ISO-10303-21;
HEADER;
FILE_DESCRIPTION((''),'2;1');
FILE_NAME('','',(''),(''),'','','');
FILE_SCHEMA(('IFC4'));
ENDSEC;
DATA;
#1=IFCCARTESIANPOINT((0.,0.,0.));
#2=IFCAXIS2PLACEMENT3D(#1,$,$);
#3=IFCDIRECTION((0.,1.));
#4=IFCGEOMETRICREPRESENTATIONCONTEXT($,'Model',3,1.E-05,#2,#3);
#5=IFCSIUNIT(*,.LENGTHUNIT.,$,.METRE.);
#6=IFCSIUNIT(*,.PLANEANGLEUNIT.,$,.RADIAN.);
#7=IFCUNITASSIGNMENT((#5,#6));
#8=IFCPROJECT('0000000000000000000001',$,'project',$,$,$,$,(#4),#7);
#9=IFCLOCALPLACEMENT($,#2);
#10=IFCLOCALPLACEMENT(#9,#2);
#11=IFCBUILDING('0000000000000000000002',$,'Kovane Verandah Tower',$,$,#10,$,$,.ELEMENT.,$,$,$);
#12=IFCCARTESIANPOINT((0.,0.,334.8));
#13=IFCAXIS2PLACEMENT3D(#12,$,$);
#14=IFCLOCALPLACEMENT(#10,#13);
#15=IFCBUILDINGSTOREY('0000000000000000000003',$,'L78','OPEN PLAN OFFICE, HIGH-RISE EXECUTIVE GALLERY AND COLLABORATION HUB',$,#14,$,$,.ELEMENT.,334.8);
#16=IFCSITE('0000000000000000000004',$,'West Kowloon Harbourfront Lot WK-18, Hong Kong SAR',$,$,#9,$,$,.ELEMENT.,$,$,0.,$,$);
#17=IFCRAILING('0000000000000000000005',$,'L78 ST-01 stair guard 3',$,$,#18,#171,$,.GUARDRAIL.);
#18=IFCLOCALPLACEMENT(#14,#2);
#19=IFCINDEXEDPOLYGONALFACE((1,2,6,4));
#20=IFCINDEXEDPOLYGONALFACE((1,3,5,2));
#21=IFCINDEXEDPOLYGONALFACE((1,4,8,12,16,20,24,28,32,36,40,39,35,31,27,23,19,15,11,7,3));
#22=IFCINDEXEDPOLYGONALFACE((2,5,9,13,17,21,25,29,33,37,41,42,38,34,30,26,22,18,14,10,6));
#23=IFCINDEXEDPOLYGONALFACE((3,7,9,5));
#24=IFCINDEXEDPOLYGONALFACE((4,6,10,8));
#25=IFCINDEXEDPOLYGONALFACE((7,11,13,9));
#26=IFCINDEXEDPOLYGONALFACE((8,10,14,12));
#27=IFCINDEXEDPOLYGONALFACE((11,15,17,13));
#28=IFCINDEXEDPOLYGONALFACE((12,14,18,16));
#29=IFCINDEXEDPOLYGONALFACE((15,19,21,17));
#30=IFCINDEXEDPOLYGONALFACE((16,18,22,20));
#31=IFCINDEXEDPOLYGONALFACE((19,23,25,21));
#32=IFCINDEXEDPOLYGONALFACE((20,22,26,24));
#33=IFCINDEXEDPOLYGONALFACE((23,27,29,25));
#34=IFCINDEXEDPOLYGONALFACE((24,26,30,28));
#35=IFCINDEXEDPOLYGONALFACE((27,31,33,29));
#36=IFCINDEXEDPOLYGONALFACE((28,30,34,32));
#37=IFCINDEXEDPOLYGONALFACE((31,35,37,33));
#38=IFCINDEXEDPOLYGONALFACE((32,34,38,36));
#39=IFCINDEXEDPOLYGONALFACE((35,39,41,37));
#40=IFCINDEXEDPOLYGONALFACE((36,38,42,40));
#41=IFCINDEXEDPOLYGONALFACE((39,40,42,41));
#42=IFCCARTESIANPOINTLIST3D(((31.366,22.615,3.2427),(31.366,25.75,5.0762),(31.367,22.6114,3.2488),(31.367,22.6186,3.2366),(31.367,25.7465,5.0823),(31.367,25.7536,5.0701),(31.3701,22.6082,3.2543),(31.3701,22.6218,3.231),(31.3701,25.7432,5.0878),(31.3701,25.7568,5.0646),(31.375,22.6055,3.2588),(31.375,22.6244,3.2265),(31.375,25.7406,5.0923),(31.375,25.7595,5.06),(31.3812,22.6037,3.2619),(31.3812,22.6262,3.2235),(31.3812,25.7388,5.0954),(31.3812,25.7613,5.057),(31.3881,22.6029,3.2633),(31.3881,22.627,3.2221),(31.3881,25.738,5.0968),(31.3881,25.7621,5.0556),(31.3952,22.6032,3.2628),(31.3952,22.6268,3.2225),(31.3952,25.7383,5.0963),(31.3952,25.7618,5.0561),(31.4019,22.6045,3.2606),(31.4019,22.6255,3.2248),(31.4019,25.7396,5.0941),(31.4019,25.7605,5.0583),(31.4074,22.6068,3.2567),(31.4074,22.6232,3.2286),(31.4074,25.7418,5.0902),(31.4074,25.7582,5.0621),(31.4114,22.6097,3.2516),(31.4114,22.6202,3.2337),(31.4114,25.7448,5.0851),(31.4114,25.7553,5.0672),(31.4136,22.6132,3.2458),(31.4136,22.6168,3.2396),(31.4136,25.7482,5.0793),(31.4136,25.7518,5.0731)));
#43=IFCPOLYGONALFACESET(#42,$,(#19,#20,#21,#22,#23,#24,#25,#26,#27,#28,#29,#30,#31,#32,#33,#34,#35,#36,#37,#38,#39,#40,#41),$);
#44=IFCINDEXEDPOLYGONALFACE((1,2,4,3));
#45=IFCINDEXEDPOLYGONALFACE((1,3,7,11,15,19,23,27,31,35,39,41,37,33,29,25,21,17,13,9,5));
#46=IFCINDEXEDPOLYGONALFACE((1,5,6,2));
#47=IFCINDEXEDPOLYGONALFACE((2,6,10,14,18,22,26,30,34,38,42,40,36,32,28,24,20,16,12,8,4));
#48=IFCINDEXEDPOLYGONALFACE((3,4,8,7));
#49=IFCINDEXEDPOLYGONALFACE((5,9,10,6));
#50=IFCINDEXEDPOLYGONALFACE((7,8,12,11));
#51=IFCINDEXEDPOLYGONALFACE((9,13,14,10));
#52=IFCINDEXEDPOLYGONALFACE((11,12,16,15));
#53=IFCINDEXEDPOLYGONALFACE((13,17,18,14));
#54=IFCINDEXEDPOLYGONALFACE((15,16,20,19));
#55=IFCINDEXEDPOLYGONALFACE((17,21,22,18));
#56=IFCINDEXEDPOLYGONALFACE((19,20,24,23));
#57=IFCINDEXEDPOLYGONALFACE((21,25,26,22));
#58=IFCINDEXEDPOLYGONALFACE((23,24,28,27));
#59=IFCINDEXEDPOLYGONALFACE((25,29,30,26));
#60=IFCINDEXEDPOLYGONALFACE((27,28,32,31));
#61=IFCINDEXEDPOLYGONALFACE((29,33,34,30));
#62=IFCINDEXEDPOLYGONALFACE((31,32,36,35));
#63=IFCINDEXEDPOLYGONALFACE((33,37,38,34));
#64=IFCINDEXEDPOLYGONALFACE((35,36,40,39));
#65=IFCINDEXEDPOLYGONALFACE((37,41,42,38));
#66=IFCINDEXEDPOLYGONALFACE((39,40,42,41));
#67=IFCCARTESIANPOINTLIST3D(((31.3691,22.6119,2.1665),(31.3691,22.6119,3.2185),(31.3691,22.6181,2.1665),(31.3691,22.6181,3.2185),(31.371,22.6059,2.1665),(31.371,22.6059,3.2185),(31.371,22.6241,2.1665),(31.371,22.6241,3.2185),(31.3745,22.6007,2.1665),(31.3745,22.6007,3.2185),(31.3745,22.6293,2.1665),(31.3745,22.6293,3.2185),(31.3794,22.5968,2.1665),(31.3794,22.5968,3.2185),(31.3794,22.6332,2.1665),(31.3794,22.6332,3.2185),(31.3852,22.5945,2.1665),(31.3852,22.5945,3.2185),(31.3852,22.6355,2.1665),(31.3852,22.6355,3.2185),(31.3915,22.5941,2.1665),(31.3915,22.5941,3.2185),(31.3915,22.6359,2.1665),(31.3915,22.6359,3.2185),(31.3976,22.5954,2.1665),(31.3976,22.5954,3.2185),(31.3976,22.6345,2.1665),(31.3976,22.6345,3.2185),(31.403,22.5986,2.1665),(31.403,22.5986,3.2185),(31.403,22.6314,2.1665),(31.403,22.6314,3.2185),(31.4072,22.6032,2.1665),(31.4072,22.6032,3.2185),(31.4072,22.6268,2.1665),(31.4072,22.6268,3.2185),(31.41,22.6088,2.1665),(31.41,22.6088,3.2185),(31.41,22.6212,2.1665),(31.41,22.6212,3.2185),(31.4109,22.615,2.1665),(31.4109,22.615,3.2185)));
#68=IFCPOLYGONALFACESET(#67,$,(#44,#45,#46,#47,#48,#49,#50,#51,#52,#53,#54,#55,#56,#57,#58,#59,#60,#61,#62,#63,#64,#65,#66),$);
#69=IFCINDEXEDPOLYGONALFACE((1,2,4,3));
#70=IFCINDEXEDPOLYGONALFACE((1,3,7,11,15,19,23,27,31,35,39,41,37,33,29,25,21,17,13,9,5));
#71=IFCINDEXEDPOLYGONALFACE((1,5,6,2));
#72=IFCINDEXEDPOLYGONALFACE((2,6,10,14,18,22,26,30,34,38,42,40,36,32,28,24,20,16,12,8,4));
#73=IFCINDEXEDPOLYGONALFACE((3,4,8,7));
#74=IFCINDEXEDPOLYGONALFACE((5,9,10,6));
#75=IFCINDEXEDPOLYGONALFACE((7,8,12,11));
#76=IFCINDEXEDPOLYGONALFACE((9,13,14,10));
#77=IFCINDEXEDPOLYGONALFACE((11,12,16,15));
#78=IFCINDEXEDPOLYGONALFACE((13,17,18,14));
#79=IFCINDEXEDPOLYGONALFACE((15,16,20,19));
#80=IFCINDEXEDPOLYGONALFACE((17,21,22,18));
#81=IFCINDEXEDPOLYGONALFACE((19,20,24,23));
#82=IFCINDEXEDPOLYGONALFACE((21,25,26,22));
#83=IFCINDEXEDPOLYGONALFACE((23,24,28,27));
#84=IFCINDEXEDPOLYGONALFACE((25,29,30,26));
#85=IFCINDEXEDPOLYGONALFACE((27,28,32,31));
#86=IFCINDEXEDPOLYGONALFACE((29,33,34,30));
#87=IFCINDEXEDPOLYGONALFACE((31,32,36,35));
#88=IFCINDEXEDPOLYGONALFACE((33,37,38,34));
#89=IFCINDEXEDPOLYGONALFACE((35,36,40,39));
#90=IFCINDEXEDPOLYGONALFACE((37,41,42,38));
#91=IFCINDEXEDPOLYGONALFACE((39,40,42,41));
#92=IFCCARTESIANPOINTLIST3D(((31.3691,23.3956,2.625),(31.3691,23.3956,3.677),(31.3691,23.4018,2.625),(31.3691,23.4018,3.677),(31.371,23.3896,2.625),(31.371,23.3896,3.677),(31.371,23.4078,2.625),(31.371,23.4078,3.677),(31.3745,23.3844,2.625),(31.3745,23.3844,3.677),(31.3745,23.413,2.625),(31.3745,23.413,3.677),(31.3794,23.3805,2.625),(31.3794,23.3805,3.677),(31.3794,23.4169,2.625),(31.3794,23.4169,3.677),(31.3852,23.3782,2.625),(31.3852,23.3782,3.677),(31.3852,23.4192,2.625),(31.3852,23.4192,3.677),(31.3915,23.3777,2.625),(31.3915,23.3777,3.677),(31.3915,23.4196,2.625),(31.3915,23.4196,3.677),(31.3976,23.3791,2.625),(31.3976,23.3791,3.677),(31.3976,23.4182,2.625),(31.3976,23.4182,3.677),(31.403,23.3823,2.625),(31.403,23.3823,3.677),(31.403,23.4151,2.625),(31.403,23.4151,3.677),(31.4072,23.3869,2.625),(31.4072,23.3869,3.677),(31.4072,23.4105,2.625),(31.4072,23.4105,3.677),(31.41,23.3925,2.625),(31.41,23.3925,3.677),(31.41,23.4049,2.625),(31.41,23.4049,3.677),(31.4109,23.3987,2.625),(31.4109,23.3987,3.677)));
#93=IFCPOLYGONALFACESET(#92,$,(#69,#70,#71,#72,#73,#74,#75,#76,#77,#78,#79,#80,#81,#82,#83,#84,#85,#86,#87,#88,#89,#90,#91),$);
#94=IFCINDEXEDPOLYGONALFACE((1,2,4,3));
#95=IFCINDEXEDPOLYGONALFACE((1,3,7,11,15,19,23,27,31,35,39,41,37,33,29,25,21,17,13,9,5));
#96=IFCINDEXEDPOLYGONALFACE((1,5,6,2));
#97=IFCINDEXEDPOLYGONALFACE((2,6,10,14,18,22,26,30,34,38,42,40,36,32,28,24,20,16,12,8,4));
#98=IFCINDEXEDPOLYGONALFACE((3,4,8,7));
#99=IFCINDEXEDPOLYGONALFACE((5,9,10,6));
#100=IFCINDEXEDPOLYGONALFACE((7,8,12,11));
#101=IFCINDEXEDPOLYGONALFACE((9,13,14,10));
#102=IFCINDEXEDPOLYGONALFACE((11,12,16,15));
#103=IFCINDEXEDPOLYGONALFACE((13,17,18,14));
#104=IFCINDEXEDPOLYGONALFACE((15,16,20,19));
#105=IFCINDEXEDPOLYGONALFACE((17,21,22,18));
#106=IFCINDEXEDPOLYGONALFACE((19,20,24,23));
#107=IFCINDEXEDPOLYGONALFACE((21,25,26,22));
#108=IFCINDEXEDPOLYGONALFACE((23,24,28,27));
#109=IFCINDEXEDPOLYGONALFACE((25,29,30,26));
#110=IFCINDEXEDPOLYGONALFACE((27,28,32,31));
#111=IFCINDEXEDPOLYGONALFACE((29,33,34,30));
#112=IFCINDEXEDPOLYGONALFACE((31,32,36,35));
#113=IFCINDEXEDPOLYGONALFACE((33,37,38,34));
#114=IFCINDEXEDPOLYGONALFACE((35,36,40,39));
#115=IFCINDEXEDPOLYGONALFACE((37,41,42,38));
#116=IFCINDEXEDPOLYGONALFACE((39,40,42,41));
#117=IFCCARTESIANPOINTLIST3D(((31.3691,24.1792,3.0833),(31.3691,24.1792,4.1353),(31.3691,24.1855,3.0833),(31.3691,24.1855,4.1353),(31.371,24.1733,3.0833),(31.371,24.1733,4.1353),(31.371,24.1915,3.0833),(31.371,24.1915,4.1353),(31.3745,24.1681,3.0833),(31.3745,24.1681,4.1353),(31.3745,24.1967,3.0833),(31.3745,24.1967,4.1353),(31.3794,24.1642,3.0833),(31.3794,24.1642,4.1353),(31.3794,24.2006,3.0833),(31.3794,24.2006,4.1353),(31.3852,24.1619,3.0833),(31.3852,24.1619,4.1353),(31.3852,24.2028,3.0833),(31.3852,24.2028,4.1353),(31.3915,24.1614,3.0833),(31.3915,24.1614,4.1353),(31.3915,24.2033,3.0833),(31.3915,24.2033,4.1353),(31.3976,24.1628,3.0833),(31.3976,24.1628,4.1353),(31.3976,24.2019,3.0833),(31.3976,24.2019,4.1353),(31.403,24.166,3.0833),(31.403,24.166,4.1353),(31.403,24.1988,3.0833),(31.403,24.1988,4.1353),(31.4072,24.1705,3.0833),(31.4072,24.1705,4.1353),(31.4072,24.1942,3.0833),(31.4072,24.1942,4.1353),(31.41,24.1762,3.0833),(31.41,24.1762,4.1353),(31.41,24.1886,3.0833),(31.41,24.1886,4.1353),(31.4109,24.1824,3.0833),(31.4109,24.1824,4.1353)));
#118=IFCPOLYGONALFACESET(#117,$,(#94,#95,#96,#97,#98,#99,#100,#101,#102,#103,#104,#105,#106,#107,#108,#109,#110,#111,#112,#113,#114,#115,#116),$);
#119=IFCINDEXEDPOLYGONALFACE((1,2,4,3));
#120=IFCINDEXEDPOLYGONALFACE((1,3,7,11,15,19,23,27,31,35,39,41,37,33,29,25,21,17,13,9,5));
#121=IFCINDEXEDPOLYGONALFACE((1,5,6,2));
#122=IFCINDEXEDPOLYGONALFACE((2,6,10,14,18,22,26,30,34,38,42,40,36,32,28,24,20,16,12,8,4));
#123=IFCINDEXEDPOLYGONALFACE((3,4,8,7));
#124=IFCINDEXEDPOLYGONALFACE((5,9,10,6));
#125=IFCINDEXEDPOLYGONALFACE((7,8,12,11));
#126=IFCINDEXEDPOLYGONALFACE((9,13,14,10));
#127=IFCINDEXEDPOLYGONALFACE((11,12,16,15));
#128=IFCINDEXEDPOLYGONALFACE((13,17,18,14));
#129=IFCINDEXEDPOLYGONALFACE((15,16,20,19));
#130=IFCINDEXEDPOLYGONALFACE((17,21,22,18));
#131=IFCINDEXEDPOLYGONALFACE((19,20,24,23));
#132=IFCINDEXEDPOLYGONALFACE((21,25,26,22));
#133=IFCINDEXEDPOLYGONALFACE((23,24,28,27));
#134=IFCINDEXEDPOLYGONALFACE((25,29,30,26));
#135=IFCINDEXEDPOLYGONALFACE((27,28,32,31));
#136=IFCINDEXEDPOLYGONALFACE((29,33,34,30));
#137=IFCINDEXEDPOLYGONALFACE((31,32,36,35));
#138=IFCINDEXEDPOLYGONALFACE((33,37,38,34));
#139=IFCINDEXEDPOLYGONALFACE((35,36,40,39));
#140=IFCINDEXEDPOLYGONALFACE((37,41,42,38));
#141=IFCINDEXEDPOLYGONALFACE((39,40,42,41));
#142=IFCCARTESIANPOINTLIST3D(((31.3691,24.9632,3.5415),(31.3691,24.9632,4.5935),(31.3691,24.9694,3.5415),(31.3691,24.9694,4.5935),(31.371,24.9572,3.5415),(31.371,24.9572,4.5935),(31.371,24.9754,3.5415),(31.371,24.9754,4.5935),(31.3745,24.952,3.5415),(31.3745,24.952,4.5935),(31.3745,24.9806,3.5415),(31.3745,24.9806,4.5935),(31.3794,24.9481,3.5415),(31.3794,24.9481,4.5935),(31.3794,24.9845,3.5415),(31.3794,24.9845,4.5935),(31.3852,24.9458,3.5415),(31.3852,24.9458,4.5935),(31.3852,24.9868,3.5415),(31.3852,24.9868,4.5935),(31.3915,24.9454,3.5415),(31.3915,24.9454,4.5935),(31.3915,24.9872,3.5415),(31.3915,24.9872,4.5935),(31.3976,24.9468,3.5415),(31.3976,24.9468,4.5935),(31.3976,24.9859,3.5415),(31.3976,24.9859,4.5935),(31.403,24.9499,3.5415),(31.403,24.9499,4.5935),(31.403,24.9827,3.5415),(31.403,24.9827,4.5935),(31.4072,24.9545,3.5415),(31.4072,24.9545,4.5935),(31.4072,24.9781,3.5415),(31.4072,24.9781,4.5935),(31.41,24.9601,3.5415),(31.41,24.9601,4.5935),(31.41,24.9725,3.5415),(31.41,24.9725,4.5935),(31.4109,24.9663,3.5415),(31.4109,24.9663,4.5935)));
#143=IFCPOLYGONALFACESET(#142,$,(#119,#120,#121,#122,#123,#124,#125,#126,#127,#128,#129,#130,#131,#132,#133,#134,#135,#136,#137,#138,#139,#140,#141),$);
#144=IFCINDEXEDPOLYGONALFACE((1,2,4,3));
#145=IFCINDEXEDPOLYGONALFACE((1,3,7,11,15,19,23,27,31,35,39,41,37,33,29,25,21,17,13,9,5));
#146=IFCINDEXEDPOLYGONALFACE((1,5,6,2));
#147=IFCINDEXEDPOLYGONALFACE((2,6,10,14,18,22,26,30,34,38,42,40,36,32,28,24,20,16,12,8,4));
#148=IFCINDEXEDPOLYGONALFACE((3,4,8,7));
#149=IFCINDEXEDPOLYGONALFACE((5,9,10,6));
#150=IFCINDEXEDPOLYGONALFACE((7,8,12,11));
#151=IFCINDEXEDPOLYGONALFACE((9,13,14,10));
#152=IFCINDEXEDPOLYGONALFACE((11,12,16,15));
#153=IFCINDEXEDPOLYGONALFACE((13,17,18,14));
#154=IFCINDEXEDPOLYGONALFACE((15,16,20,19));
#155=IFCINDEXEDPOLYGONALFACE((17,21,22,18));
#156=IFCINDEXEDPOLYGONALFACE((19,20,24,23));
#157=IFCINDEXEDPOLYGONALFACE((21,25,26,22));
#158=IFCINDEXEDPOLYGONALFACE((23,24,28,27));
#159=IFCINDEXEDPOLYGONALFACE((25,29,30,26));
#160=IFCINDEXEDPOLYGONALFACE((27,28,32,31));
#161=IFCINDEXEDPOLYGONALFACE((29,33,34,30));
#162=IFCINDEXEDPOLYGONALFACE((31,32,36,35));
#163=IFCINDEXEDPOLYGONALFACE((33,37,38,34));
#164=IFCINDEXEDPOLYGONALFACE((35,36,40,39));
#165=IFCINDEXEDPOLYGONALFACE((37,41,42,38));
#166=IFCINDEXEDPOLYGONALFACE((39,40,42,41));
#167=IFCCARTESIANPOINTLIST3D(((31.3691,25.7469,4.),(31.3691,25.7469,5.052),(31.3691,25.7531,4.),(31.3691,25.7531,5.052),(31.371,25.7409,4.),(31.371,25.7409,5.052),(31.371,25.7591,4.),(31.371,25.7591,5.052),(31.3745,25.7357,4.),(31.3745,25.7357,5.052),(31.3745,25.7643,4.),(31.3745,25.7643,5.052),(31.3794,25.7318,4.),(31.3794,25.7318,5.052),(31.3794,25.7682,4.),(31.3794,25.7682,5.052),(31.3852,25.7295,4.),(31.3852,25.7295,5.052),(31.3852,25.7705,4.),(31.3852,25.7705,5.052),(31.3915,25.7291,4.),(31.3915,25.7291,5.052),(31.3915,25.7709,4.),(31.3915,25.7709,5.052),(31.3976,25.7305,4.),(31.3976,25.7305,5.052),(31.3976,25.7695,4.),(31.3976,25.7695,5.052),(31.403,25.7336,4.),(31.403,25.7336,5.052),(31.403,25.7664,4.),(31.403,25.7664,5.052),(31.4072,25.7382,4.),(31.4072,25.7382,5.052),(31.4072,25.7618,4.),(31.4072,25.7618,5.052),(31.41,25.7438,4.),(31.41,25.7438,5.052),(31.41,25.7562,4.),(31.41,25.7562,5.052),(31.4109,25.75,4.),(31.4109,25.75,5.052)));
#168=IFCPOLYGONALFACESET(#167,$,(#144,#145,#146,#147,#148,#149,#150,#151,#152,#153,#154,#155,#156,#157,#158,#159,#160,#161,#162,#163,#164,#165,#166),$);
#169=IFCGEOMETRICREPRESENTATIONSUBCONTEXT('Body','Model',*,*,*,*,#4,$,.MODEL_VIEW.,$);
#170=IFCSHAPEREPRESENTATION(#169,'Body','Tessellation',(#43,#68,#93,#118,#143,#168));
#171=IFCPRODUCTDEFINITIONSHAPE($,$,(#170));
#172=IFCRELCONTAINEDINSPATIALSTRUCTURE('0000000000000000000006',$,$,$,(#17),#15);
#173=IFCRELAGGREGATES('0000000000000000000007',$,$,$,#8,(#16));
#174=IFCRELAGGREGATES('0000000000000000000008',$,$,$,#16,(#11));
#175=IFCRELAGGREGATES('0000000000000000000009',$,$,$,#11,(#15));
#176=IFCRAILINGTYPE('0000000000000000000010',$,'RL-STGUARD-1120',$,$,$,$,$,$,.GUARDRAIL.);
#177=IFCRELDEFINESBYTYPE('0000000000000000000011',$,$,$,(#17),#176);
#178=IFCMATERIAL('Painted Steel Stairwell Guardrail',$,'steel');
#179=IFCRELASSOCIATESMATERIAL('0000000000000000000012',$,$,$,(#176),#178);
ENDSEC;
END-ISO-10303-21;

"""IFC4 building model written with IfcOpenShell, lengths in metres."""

from ifc_helpers import new_model, si_unit, direction, frame, origin, origin_2d, place, context, subcontext, project, spatial, circle, extrude, material, type_object, element, save


model = new_model("IFC4")

# Units and contexts
model_context = context("Model", 3, precision=1e-05, world=origin(), true_north=direction((0.0, 1.0)))
body_context = subcontext(model_context, "Body", "Model", "MODEL_VIEW")
ifc_project = project(units=[si_unit("LENGTHUNIT", "METRE"), si_unit("PLANEANGLEUNIT", "RADIAN")], contexts=[model_context])

# Site, building, storey
site_placement = place(None, origin())
site = spatial("IfcSite", under=ifc_project, at=site_placement, Name="West Kowloon Harbourfront Lot WK-18, Hong Kong SAR", CompositionType="ELEMENT", RefElevation=0.0)
building_placement = place(site_placement, origin())
building = spatial("IfcBuilding", under=site, at=building_placement, Name="Kovane Verandah Tower", CompositionType="ELEMENT")
storey_placement = place(building_placement, frame((0.0, 0.0, 334.8)))
storey = spatial("IfcBuildingStorey", under=building, at=storey_placement, Name="L78", Description="OPEN PLAN OFFICE, HIGH-RISE EXECUTIVE GALLERY AND COLLABORATION HUB", CompositionType="ELEMENT", Elevation=334.8)

# Railing
ifc_material_1 = material(Name="Painted Steel Stairwell Guardrail", Category="steel")
railing_type_1 = type_object("IfcRailingType", Name="RL-STGUARD-1120", PredefinedType="GUARDRAIL", material=ifc_material_1)
railing_1_placement = place(storey_placement, frame((31.3899, 22.615, 2.1665)))
element("IfcRailing", 1, at=railing_1_placement, inside=storey, type_object=railing_type_1, Name="L78 ST-01 stair guard 3", PredefinedType="GUARDRAIL", context=body_context, shape_type="SweptSolid", body=[
    extrude(circle(Radius=0.0239, at=origin_2d()), frame((0.0, 0.0, 1.0762), z_axis=(0.0, 0.86321, 0.504845), x_axis=(-1.0, 0.0, 0.0)), (0.0, 0.0, 1.0), 3.6318),
    extrude(circle(Radius=0.021, at=origin_2d()), origin(), (0.0, 0.0, 1.0), 1.052),
    extrude(circle(Radius=0.021, at=origin_2d()), frame((0.0, 0.7837, 0.4585)), (0.0, 0.0, 1.0), 1.052),
    extrude(circle(Radius=0.021, at=origin_2d()), frame((0.0, 1.5674, 0.9167)), (0.0, 0.0, 1.0), 1.052),
    extrude(circle(Radius=0.021, at=origin_2d()), frame((0.0, 2.3513, 1.375)), (0.0, 0.0, 1.0), 1.052),
    extrude(circle(Radius=0.021, at=origin_2d()), frame((0.0, 3.135, 1.8335)), (0.0, 0.0, 1.0), 1.052),
])

save(model, "model.ifc")
